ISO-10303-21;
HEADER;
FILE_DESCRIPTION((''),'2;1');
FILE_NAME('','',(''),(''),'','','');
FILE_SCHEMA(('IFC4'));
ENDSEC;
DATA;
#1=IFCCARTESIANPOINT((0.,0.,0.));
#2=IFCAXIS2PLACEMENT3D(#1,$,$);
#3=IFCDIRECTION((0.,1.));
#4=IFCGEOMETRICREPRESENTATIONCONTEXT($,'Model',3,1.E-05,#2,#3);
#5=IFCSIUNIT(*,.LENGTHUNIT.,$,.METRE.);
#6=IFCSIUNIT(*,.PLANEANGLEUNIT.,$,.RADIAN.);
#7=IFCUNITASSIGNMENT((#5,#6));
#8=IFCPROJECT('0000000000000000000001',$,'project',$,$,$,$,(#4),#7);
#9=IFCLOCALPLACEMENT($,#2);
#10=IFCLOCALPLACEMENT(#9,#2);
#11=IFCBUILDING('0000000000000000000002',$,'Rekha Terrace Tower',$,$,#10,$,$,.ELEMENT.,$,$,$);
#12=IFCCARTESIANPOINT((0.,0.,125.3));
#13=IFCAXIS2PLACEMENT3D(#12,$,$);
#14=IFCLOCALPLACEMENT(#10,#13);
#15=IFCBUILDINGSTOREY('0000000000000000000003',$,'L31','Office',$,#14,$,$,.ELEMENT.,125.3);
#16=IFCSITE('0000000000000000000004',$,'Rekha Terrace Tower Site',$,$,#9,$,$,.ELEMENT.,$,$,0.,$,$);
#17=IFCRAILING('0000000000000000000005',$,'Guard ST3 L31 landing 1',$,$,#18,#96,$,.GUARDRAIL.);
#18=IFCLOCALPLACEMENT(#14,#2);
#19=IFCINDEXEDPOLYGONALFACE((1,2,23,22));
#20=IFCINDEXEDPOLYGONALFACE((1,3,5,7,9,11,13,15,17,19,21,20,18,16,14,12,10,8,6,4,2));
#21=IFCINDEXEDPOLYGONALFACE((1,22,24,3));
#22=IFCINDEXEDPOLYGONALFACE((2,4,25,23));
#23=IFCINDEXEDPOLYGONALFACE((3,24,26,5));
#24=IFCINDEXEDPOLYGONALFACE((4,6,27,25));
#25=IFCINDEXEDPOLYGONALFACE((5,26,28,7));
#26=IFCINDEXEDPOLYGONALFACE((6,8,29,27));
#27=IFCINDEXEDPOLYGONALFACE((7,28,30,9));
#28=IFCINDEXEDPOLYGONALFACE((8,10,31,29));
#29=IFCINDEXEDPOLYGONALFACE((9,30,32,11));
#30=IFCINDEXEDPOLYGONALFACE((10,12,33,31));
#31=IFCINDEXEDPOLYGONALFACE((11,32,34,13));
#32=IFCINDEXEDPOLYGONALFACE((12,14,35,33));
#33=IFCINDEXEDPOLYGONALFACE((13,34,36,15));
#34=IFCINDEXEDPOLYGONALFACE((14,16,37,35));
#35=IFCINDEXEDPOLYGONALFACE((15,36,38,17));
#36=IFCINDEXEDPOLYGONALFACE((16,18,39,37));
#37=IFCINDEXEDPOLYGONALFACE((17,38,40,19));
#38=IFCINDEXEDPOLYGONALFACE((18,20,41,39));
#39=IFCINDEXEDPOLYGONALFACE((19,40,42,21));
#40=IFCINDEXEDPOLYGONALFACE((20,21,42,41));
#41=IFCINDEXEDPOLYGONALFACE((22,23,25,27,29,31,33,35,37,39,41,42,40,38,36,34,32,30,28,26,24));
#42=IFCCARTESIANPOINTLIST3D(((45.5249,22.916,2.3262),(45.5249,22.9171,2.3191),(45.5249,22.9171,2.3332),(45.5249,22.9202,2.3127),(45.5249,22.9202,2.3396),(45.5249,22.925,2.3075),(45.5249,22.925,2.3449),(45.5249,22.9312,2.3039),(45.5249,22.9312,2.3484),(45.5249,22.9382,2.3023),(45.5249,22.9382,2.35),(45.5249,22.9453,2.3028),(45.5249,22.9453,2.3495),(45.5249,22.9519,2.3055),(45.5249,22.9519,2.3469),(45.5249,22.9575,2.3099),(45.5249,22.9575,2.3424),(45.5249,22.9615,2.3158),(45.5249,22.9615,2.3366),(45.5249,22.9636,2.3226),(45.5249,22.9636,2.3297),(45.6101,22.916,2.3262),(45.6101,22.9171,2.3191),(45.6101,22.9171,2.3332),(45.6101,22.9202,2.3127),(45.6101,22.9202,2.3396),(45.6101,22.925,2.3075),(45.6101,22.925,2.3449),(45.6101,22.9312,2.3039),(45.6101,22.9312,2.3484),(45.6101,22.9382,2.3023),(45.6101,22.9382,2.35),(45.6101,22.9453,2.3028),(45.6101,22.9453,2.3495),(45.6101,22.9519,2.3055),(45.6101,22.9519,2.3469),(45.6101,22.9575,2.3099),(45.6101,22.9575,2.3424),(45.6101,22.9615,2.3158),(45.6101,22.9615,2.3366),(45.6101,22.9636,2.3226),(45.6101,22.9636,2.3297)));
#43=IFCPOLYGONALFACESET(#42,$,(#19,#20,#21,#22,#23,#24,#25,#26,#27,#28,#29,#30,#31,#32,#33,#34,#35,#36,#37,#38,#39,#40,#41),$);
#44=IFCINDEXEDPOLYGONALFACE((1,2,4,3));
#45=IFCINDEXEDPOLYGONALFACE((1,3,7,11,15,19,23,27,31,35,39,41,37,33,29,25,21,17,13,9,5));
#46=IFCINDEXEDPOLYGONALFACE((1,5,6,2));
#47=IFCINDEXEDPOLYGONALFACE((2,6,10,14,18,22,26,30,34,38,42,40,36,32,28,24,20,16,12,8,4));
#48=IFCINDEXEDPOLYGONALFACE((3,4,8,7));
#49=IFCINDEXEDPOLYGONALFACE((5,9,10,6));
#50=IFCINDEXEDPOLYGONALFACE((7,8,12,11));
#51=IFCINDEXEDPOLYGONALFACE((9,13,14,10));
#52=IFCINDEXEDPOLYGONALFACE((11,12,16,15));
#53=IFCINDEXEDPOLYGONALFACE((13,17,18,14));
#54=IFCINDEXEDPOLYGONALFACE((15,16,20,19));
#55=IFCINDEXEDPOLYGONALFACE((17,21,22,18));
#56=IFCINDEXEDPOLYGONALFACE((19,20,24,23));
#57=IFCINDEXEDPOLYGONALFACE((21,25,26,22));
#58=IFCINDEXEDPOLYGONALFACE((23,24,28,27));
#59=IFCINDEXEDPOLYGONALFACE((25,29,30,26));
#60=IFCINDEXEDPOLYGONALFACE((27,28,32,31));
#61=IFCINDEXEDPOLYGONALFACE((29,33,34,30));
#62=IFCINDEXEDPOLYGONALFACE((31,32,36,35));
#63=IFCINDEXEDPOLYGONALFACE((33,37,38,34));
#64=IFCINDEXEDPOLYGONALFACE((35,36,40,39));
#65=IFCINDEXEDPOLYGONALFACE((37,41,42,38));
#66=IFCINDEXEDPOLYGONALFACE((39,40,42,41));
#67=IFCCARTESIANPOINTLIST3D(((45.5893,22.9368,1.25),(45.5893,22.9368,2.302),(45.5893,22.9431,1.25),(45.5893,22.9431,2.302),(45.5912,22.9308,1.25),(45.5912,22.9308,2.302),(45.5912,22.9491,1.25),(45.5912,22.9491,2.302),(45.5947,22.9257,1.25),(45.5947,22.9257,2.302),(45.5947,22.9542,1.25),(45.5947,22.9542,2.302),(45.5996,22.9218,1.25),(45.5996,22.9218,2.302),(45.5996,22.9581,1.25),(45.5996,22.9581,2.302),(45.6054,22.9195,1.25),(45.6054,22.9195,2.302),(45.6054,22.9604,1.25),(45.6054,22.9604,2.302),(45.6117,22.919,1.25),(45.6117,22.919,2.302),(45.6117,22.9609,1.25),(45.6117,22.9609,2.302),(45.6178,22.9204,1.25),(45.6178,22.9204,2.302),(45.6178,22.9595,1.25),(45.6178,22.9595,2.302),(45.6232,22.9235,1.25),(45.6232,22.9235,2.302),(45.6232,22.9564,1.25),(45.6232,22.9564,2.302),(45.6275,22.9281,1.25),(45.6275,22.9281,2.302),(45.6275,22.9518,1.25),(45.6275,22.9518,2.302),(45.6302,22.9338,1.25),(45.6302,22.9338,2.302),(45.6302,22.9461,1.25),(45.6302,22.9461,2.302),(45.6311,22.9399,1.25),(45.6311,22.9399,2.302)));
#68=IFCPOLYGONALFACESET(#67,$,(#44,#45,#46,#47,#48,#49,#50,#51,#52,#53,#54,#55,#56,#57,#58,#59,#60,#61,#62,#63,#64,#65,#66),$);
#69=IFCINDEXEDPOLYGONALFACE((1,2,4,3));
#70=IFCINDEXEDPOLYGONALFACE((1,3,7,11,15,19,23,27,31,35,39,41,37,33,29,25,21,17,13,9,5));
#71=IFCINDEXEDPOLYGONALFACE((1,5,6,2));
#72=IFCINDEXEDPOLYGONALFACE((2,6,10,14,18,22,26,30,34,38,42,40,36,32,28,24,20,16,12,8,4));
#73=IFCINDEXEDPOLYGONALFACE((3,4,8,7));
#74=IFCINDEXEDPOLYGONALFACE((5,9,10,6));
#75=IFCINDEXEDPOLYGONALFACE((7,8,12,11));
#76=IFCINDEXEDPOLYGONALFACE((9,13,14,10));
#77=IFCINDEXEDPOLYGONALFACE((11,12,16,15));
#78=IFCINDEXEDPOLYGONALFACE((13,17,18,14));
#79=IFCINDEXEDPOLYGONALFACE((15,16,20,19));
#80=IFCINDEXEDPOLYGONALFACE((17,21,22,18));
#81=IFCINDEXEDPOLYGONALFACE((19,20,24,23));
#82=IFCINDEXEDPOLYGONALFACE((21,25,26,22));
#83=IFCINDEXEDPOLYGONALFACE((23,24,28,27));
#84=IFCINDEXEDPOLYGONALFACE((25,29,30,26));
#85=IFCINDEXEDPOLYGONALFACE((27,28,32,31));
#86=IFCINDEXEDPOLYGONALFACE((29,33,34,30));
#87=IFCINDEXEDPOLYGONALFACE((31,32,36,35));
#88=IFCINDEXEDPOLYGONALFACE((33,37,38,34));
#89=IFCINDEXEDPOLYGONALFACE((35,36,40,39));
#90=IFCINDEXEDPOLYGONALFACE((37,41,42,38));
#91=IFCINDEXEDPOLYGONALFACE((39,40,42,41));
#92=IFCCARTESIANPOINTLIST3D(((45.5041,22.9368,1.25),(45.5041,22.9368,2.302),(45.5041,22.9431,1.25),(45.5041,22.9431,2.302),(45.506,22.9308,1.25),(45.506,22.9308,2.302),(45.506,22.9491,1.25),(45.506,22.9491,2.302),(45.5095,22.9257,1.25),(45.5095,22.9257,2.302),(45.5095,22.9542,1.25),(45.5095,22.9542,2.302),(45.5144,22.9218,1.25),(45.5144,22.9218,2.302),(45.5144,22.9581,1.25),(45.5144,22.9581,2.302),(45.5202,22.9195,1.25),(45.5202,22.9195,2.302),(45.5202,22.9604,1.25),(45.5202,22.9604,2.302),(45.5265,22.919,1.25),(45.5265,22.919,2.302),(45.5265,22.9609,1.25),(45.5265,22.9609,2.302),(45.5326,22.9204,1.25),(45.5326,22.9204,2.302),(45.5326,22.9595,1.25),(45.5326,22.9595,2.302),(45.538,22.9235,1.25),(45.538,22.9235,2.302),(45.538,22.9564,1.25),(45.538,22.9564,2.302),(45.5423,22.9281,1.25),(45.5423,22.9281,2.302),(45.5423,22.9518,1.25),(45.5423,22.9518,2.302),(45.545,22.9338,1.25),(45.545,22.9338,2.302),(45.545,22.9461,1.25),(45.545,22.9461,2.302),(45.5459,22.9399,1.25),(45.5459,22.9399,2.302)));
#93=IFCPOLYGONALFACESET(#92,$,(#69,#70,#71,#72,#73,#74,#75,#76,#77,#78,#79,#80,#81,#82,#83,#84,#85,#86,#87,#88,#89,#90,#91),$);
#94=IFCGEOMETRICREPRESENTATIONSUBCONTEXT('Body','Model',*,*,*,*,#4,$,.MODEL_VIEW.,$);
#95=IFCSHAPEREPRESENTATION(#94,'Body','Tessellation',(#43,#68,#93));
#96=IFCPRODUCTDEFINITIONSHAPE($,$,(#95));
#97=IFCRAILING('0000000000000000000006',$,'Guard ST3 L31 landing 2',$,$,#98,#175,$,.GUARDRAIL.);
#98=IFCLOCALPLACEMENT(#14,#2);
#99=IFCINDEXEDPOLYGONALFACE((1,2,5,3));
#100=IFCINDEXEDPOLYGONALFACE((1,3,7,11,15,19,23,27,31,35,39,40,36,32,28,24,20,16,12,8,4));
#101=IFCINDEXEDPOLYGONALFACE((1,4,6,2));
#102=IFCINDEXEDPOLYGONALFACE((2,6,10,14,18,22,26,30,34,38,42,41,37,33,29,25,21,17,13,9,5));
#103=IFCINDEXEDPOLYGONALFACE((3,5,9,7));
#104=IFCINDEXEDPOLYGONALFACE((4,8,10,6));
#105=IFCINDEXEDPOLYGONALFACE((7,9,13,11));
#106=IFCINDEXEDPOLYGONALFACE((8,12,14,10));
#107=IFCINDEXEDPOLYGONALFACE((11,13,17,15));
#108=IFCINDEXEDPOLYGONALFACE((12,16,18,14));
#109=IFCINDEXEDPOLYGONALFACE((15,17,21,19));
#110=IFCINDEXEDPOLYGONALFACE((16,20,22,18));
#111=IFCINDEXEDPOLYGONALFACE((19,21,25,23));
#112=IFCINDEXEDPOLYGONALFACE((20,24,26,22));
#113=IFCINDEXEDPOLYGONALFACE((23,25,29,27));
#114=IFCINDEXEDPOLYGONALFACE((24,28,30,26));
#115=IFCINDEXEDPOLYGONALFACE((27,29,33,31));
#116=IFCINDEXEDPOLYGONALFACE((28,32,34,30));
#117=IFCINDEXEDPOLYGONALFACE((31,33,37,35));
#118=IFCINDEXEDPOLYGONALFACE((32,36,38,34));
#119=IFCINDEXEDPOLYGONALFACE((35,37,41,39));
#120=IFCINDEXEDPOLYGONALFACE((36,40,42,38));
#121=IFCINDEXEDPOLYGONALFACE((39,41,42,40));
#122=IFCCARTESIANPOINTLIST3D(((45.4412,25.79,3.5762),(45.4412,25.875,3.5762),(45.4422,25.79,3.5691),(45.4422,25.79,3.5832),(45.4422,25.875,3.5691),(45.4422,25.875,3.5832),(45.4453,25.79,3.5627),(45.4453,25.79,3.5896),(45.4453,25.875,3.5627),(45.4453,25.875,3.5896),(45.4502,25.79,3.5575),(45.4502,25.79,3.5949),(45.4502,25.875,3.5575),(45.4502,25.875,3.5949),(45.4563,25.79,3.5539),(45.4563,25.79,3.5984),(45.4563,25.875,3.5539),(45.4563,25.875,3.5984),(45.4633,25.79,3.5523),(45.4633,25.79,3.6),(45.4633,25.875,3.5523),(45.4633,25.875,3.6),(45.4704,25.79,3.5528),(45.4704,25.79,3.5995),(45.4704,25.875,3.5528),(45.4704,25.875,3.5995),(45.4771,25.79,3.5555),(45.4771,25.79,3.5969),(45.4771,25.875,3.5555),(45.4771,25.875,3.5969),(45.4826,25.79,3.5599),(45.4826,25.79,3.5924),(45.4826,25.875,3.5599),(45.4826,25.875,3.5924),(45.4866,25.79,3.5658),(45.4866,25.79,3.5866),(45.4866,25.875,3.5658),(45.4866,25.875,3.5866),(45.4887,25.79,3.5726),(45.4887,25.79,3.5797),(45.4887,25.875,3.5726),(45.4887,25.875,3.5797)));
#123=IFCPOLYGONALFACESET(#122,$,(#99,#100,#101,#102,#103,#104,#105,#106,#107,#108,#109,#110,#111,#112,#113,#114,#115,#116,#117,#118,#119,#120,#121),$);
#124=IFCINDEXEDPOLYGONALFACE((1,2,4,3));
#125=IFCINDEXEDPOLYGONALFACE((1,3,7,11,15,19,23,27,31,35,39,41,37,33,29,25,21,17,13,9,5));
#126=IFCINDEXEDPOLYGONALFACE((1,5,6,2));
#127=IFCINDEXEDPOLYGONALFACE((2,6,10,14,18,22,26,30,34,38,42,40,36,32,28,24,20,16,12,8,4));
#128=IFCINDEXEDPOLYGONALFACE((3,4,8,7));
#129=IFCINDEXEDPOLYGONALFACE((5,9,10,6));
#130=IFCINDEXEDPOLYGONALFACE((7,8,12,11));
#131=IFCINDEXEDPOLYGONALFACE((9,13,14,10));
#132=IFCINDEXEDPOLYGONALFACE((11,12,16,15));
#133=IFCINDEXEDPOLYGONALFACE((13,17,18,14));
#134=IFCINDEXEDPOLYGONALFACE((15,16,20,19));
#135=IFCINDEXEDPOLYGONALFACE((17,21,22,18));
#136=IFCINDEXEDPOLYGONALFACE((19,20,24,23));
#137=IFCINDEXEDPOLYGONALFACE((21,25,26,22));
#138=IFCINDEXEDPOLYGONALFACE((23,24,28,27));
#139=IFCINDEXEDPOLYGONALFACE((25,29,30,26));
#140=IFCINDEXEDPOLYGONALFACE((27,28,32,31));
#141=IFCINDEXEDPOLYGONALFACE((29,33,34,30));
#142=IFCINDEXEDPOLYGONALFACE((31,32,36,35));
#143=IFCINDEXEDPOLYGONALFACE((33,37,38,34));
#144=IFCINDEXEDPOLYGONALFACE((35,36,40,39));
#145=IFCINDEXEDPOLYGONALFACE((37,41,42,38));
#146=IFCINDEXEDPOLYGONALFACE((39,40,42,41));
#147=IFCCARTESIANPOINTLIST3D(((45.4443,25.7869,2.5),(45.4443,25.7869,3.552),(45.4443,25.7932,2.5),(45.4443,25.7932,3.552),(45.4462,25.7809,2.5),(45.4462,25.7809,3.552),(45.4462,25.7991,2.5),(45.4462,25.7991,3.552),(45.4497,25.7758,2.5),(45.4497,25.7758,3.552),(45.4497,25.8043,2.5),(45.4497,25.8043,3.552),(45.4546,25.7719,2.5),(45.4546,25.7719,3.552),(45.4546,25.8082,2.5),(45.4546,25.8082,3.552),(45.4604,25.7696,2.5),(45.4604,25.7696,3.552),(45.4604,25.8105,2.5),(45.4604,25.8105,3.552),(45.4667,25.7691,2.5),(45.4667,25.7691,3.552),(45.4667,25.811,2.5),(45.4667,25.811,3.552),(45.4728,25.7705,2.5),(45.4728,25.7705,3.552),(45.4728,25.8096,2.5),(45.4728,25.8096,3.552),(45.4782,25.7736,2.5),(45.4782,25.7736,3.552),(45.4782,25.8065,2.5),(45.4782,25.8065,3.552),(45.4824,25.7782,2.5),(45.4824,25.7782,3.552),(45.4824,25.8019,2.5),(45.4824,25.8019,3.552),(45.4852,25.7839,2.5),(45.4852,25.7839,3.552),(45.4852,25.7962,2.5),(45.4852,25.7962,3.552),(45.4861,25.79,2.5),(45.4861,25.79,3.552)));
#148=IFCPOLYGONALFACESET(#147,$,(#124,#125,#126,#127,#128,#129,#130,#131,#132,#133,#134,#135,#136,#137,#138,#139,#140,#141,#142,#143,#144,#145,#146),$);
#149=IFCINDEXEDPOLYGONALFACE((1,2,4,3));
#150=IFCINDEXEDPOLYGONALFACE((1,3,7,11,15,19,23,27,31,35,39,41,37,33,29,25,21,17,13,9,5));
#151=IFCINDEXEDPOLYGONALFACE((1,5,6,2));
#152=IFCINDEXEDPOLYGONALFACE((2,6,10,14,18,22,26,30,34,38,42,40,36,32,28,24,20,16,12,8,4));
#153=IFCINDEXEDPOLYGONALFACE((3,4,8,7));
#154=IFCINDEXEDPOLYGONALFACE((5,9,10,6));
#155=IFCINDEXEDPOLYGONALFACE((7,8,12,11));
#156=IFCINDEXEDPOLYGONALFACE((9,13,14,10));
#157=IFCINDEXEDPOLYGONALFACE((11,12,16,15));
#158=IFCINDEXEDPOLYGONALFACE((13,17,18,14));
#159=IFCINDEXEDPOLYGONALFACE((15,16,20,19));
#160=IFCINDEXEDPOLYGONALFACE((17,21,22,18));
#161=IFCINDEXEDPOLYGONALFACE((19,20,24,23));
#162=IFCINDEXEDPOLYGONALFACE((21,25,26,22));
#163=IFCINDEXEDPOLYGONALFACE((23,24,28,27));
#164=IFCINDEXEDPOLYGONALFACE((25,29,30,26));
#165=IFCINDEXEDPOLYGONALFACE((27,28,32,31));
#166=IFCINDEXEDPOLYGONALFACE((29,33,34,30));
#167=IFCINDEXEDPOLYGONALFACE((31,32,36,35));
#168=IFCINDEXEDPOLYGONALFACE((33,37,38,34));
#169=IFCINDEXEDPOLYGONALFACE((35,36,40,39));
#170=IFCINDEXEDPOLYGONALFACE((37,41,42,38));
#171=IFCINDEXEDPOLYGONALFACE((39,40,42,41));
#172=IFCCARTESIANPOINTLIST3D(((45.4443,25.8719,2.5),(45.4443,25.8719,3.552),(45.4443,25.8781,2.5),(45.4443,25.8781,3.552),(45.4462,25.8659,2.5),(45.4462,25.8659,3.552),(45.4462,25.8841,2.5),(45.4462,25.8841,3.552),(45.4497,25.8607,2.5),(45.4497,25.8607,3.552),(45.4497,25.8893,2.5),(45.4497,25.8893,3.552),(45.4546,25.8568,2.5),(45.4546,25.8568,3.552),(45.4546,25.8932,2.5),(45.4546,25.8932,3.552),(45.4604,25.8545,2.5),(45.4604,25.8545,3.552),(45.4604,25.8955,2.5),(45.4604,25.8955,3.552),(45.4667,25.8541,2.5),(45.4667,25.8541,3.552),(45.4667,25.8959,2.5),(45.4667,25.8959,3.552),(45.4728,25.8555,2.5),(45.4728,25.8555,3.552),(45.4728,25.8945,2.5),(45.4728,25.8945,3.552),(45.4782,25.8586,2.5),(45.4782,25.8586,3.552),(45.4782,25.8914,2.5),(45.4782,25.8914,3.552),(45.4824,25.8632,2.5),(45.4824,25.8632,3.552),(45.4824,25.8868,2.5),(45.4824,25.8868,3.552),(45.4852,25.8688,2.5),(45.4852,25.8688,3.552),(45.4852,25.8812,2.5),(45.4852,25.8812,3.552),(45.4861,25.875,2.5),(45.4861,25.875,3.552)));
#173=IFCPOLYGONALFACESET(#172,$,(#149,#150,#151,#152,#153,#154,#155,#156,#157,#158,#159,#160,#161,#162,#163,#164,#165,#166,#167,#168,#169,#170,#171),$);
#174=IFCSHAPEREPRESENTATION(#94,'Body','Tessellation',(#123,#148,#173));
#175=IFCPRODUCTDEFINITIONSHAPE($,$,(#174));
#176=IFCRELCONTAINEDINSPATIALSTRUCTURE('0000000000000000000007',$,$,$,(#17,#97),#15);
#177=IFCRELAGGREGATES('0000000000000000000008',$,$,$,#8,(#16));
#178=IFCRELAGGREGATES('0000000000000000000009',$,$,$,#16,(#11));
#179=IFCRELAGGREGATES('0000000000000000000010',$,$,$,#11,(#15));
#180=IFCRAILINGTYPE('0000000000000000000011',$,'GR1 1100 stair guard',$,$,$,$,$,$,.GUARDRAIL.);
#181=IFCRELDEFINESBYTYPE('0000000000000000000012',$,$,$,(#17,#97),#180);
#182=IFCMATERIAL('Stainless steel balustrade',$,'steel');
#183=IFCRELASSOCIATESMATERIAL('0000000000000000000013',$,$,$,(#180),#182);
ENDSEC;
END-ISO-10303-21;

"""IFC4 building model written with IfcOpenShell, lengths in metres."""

from ifc_helpers import new_model, si_unit, direction, frame, origin, origin_2d, place, context, subcontext, project, spatial, circle, extrude, material, type_object, element, save


model = new_model("IFC4")

# Units and contexts
model_context = context("Model", 3, precision=1e-05, world=origin(), true_north=direction((0.0, 1.0)))
body_context = subcontext(model_context, "Body", "Model", "MODEL_VIEW")
ifc_project = project(units=[si_unit("LENGTHUNIT", "METRE"), si_unit("PLANEANGLEUNIT", "RADIAN")], contexts=[model_context])

# Site, building, storey
site_placement = place(None, origin())
site = spatial("IfcSite", under=ifc_project, at=site_placement, Name="Rekha Terrace Tower Site", CompositionType="ELEMENT", RefElevation=0.0)
building_placement = place(site_placement, origin())
building = spatial("IfcBuilding", under=site, at=building_placement, Name="Rekha Terrace Tower", CompositionType="ELEMENT")
storey_placement = place(building_placement, frame((0.0, 0.0, 125.3)))
storey = spatial("IfcBuildingStorey", under=building, at=storey_placement, Name="L31", Description="Office", CompositionType="ELEMENT", Elevation=125.3)

# Railings
ifc_material_1 = material(Name="Stainless steel balustrade", Category="steel")
railing_type_1 = type_object("IfcRailingType", Name="GR1 1100 stair guard", PredefinedType="GUARDRAIL", material=ifc_material_1)
railing_1_placement = place(storey_placement, frame((45.6101, 22.9399, 1.25)))
element("IfcRailing", 1, at=railing_1_placement, inside=storey, type_object=railing_type_1, Name="Guard ST3 L31 landing 1", PredefinedType="GUARDRAIL", context=body_context, shape_type="SweptSolid", body=[
    extrude(circle(Radius=0.0239, at=origin_2d()), frame((0.0, 0.0, 1.0762), z_axis=(-1.0, 0.0, 0.0), x_axis=(0.0, -1.0, 0.0)), (0.0, 0.0, 1.0), 0.0852),
    extrude(circle(Radius=0.021, at=origin_2d()), origin(), (0.0, 0.0, 1.0), 1.052),
    extrude(circle(Radius=0.021, at=origin_2d()), frame((-0.0852, 0.0, 0.0)), (0.0, 0.0, 1.0), 1.052),
])
railing_2_placement = place(storey_placement, frame((45.4651, 25.79, 2.5)))
element("IfcRailing", 2, at=railing_2_placement, inside=storey, type_object=railing_type_1, Name="Guard ST3 L31 landing 2", PredefinedType="GUARDRAIL", context=body_context, shape_type="SweptSolid", body=[
    extrude(circle(Radius=0.0239, at=origin_2d()), frame((0.0, 0.0, 1.0762), z_axis=(0.0, 1.0, 0.0), x_axis=(-1.0, 0.0, 0.0)), (0.0, 0.0, 1.0), 0.085),
    extrude(circle(Radius=0.021, at=origin_2d()), origin(), (0.0, 0.0, 1.0), 1.052),
    extrude(circle(Radius=0.021, at=origin_2d()), frame((0.0, 0.085, 0.0)), (0.0, 0.0, 1.0), 1.052),
])

save(model, "model.ifc")
